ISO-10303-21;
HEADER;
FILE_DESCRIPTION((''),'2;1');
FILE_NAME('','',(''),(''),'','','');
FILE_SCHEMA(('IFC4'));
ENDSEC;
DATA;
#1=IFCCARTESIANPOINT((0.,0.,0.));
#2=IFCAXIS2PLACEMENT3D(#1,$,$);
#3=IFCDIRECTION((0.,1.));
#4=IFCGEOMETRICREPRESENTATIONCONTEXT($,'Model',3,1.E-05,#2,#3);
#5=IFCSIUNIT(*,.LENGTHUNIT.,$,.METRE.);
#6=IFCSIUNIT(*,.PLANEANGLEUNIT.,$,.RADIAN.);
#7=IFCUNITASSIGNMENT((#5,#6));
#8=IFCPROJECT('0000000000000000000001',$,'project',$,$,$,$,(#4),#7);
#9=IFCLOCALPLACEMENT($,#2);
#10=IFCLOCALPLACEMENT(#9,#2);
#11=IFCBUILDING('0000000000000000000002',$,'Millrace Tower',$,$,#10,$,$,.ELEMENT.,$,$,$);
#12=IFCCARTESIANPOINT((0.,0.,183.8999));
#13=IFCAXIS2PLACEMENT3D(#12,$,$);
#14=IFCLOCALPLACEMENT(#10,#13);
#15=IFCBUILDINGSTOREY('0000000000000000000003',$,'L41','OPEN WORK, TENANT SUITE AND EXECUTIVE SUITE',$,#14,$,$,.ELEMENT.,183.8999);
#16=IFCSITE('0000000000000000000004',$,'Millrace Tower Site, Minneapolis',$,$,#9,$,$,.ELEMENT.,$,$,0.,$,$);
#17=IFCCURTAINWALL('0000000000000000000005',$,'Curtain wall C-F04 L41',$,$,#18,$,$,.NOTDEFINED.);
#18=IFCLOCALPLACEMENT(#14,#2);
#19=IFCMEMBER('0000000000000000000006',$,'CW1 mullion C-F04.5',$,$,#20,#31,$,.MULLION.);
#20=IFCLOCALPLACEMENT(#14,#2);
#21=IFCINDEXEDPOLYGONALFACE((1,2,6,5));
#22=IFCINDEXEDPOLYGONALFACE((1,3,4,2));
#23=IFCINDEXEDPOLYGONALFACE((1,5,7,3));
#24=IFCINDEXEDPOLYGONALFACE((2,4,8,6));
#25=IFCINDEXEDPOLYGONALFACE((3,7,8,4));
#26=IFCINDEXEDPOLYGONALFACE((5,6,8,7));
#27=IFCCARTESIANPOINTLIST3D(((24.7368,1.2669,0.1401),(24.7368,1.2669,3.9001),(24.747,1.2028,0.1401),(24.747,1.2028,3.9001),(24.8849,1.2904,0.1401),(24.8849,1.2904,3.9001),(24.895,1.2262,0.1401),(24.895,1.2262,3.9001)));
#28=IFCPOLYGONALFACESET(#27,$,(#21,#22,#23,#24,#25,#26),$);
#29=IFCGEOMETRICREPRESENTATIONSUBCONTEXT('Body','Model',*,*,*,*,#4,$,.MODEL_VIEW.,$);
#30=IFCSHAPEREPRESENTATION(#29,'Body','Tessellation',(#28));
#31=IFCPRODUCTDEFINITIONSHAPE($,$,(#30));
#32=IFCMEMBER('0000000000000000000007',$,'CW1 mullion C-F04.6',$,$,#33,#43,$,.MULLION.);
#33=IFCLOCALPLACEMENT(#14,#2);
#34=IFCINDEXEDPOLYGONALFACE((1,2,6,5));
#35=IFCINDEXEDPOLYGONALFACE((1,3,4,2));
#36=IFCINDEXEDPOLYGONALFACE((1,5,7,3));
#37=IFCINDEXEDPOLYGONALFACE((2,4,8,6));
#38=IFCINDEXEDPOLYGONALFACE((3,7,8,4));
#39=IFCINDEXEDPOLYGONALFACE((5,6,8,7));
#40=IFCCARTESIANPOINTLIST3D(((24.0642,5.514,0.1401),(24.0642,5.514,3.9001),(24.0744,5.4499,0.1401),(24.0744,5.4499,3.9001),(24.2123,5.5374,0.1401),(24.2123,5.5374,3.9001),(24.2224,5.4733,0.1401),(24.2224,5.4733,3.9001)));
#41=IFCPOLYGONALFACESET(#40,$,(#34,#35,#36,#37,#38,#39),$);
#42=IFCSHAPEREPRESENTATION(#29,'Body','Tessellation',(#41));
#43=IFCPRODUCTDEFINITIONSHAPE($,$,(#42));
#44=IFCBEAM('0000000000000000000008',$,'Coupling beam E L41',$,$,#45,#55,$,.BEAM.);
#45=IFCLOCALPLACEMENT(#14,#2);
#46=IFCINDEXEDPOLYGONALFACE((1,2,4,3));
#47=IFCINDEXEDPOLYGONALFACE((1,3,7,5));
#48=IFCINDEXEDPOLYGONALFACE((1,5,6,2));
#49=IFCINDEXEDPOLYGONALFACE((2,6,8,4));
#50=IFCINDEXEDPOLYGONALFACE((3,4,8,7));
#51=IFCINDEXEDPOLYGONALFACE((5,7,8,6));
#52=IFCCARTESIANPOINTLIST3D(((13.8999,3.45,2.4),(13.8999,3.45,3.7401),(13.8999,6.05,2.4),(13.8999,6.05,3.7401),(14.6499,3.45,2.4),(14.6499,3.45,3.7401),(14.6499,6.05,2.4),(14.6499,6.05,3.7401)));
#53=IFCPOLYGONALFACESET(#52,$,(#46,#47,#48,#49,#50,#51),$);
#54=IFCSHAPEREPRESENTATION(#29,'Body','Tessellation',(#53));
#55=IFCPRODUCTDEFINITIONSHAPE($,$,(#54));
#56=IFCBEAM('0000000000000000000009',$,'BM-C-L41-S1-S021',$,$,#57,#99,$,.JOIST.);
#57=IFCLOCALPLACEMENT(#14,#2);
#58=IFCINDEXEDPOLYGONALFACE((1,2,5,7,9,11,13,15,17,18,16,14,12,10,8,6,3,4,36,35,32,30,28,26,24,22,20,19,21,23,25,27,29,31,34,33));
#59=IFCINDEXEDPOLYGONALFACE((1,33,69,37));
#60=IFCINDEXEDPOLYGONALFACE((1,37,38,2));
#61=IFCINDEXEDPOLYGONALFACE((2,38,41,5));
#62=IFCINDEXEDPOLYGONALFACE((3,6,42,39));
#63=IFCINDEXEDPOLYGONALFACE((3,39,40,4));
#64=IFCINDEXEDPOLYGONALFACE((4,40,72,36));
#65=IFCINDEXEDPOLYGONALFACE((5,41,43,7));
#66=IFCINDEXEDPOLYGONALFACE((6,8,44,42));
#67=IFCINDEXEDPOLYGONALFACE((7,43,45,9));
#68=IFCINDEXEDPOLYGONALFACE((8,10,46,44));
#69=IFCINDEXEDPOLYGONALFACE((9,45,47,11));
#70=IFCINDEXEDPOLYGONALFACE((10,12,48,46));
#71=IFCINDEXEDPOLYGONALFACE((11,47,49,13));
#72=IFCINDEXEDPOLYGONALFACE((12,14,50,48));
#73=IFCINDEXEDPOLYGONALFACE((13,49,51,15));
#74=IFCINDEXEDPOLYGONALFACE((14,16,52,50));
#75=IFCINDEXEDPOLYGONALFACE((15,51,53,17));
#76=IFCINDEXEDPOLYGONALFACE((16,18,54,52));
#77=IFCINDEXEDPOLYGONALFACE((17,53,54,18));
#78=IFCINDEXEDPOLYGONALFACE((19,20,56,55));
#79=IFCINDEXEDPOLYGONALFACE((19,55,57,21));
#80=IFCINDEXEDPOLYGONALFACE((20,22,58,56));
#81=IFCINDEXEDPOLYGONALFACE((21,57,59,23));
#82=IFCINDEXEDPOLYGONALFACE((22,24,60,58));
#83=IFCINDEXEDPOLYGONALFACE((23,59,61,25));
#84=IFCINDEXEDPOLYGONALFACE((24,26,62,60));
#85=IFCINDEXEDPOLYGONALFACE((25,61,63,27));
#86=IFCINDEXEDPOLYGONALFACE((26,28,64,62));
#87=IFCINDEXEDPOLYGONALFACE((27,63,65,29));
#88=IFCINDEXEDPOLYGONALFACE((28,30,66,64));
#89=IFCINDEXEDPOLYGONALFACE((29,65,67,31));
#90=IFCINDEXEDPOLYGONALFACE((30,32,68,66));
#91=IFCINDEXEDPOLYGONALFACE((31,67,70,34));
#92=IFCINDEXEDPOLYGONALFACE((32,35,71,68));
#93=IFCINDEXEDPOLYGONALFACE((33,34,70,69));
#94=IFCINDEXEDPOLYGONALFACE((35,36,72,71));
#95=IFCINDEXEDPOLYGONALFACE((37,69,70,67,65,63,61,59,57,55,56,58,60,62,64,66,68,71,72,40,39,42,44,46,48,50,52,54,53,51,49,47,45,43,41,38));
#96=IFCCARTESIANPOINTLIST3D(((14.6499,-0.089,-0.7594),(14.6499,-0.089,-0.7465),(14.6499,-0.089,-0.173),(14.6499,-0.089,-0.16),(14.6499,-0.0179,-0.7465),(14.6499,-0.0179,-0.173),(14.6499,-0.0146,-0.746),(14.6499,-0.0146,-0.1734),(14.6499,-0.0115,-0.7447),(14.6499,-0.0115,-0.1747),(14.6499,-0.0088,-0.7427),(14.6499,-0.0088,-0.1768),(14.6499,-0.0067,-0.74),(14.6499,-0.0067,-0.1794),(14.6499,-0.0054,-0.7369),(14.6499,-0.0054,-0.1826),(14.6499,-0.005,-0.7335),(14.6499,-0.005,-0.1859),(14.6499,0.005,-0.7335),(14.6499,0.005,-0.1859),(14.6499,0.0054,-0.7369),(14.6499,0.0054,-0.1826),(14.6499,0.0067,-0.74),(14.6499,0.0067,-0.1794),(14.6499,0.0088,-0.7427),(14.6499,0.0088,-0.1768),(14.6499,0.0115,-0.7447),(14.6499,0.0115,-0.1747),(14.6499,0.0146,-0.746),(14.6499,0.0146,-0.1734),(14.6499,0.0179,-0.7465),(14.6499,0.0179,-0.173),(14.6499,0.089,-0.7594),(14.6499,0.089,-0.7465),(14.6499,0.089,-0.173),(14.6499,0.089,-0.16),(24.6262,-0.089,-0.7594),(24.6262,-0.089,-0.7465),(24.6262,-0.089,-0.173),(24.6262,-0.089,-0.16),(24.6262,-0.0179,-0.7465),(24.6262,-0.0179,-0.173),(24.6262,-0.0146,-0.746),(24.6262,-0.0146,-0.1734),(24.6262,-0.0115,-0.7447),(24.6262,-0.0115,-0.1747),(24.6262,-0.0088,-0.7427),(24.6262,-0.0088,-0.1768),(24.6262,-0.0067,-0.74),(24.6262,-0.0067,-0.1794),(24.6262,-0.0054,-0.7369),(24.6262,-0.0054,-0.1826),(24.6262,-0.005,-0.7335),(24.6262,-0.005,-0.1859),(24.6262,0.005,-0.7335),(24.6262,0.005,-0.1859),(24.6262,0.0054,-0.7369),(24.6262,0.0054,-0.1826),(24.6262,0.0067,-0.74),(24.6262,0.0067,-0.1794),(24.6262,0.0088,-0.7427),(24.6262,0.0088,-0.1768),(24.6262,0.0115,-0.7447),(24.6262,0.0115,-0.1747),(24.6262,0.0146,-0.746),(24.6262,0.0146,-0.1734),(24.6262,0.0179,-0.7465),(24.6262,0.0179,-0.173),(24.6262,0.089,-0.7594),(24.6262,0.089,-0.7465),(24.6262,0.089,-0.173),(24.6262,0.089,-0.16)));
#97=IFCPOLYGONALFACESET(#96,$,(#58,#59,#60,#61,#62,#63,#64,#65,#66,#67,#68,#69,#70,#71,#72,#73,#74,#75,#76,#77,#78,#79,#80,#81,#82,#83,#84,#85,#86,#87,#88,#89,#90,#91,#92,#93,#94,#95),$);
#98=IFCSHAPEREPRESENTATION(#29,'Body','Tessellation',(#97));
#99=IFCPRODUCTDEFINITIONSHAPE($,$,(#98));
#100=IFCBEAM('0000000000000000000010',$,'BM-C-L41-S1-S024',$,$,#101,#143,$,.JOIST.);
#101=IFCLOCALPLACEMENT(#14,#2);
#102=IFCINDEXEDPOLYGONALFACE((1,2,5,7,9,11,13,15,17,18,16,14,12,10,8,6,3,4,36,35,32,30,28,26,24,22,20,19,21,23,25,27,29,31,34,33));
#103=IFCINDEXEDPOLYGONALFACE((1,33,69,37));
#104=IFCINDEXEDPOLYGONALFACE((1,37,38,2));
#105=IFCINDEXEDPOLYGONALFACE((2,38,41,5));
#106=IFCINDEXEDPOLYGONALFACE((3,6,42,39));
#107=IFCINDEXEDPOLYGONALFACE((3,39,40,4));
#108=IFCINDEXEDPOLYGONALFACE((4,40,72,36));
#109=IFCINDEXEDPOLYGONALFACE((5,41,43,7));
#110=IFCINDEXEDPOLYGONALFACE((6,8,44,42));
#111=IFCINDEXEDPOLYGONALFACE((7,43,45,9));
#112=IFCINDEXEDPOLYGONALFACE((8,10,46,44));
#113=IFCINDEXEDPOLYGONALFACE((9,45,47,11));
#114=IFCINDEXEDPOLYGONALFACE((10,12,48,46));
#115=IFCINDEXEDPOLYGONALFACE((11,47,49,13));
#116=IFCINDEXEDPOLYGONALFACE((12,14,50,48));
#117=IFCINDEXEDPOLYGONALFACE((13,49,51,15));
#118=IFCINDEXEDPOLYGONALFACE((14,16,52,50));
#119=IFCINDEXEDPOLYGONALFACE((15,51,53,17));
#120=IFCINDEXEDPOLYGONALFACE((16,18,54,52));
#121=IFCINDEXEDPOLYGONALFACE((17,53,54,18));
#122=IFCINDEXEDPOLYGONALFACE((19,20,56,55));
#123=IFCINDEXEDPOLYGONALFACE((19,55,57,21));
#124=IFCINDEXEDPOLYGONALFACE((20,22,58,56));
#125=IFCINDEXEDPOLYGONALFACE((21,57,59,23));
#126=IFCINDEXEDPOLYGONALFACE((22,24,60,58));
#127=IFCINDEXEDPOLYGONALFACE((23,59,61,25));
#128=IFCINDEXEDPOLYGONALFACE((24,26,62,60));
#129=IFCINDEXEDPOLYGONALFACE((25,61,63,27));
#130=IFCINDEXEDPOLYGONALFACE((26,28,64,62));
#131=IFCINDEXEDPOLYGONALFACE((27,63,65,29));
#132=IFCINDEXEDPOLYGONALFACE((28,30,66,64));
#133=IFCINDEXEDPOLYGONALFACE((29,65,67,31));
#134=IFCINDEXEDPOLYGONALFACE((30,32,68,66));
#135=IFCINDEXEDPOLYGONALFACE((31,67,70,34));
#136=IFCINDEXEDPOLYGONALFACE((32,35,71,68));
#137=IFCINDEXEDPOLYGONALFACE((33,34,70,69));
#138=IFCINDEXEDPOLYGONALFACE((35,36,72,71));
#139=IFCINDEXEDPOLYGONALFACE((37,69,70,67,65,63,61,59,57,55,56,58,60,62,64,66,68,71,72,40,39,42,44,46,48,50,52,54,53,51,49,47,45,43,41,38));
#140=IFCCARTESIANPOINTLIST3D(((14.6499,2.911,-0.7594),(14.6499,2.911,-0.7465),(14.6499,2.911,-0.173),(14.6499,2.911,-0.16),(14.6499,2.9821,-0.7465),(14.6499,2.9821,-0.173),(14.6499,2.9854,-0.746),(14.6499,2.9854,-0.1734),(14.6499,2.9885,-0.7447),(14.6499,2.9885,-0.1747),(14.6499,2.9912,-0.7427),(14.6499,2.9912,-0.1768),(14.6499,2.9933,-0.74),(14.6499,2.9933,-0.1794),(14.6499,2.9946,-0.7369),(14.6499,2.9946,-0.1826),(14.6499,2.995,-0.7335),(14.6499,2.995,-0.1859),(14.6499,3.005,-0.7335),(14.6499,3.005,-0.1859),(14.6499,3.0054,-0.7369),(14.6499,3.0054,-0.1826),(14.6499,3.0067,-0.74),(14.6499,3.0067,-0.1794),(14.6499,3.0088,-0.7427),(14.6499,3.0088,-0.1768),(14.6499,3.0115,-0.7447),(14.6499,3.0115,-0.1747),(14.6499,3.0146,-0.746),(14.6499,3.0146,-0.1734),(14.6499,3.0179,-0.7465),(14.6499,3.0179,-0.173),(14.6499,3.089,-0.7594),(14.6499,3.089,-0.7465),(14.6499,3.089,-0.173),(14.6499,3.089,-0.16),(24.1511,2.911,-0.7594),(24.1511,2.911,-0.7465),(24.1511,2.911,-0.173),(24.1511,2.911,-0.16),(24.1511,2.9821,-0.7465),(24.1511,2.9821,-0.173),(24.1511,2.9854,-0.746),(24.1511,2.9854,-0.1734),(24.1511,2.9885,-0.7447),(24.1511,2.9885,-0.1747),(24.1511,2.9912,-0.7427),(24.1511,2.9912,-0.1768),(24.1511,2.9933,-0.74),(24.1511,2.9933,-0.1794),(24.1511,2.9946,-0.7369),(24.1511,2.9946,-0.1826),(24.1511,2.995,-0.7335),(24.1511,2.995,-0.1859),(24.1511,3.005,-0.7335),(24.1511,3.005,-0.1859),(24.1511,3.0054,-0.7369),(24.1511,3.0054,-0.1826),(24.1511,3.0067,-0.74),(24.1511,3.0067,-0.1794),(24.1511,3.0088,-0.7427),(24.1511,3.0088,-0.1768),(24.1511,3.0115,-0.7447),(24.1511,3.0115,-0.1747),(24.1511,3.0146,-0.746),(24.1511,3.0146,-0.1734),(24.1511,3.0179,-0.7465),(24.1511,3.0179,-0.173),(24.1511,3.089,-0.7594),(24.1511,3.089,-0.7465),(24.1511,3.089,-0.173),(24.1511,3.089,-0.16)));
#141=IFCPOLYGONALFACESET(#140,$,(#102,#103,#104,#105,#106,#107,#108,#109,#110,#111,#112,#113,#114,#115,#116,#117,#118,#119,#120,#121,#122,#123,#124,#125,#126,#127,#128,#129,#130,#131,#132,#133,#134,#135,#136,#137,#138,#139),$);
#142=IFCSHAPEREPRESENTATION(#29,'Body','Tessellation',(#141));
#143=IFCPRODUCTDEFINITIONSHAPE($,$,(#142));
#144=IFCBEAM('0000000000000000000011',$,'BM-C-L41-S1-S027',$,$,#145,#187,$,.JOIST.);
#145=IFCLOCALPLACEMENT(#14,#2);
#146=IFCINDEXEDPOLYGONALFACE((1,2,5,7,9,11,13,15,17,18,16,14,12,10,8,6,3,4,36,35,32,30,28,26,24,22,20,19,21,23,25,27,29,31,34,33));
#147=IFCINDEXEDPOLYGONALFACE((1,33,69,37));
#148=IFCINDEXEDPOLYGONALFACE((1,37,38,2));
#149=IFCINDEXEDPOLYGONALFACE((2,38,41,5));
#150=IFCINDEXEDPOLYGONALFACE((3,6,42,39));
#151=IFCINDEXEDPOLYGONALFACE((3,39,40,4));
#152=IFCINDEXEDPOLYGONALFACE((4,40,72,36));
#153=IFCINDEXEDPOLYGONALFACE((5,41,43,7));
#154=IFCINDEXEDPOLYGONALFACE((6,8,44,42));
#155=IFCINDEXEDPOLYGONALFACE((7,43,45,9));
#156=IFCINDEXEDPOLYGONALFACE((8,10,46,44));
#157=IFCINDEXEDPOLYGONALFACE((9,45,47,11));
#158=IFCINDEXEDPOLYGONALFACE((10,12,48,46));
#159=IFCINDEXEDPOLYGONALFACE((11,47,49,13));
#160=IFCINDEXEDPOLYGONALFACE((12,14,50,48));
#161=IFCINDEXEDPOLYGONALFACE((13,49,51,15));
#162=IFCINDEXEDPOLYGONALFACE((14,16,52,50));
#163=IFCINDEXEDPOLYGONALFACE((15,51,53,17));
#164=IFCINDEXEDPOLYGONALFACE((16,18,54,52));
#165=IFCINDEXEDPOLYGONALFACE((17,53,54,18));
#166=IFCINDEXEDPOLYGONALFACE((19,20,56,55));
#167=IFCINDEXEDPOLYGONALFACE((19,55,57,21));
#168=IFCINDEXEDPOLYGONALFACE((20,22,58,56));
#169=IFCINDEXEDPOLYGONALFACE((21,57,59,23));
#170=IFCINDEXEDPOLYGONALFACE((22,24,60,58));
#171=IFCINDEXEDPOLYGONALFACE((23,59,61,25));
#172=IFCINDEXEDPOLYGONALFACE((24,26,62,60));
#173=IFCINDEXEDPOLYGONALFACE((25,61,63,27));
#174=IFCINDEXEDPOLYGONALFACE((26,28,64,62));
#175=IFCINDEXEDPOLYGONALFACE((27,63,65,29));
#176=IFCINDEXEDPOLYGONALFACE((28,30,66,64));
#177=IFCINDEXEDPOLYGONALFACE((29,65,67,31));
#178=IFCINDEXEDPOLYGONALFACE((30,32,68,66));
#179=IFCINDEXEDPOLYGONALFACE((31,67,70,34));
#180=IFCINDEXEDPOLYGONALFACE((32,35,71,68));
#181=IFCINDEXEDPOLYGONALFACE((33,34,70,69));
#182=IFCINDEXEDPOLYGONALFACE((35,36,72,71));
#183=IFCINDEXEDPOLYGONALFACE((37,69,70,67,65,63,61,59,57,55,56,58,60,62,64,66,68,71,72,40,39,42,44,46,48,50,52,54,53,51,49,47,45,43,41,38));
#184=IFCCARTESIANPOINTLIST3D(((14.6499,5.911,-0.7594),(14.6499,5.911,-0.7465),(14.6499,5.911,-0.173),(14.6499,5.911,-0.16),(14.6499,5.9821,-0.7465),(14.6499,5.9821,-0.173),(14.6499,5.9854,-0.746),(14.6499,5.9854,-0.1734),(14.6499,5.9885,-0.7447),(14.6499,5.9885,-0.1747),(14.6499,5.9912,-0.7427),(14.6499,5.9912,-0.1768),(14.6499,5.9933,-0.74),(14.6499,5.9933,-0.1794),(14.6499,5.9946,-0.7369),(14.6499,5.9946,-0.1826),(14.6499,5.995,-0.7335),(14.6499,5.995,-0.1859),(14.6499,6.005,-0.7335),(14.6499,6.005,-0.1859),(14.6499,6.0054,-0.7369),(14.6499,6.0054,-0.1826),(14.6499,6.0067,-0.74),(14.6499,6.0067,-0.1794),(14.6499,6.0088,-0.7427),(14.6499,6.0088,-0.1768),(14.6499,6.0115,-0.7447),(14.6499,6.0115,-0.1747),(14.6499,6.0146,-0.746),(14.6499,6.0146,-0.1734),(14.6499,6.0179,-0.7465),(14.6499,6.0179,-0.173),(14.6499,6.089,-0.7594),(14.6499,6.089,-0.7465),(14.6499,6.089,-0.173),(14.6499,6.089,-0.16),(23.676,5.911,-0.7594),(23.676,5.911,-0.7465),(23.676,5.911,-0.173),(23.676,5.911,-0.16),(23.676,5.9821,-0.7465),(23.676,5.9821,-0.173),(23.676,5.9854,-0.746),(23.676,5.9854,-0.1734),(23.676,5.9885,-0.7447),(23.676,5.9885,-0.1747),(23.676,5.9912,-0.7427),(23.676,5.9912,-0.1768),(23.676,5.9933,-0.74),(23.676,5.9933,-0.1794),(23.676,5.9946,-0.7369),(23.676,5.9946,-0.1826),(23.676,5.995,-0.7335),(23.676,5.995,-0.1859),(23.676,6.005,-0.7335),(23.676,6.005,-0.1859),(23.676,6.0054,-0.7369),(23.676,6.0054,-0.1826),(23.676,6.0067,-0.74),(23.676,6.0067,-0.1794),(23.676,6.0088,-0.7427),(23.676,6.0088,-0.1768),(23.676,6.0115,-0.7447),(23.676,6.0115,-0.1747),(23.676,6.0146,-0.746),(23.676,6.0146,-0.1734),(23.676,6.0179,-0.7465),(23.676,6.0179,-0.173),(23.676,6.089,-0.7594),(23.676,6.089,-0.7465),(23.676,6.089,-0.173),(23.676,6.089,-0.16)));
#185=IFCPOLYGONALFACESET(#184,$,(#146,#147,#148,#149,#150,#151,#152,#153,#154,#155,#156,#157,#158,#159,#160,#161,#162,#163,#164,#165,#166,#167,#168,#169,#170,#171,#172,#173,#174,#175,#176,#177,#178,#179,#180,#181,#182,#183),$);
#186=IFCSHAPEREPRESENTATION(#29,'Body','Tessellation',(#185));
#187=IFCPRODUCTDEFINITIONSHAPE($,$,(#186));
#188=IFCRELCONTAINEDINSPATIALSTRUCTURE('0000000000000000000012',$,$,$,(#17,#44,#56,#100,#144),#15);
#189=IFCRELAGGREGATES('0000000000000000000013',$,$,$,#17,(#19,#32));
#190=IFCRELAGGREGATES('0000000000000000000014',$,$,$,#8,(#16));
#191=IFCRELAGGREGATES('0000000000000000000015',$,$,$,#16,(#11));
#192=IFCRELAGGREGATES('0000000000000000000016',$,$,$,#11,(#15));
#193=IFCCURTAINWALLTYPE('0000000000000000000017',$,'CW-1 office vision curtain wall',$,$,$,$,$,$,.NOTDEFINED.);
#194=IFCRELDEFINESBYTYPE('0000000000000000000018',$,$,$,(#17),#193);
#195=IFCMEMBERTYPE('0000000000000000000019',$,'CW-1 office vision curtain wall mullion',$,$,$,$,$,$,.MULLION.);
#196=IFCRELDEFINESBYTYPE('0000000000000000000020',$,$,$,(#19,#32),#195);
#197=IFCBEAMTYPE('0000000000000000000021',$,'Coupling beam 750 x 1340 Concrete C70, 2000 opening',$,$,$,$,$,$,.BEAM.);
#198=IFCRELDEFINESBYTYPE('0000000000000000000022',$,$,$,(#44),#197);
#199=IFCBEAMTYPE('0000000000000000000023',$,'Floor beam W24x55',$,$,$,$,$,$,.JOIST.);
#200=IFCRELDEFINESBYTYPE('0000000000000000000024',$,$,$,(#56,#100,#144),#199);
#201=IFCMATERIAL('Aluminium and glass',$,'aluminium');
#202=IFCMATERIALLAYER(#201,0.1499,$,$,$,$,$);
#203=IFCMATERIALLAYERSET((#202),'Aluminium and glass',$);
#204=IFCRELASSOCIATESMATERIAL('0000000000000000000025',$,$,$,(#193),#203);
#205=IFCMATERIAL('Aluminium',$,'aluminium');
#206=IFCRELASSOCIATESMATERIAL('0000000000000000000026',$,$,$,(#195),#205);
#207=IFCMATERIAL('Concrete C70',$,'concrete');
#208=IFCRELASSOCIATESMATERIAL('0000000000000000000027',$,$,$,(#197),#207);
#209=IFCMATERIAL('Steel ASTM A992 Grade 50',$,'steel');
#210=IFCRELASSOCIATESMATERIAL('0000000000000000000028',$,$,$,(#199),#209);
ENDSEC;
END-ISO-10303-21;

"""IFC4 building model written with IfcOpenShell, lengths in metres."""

from ifc_helpers import new_model, si_unit, direction, frame, origin, origin_2d, place, context, subcontext, project, spatial, rectangle, i_section, extrude, material, layer, layer_set, material_profile, profile_set, type_object, element, aggregate, save


model = new_model("IFC4")

# Units and contexts
model_context = context("Model", 3, precision=1e-05, world=origin(), true_north=direction((0.0, 1.0)))
body_context = subcontext(model_context, "Body", "Model", "MODEL_VIEW")
ifc_project = project(units=[si_unit("LENGTHUNIT", "METRE"), si_unit("PLANEANGLEUNIT", "RADIAN")], contexts=[model_context])

# Site, building, storey
site_placement = place(None, origin())
site = spatial("IfcSite", under=ifc_project, at=site_placement, Name="Millrace Tower Site, Minneapolis", CompositionType="ELEMENT", RefElevation=0.0)
building_placement = place(site_placement, origin())
building = spatial("IfcBuilding", under=site, at=building_placement, Name="Millrace Tower", CompositionType="ELEMENT")
storey_placement = place(building_placement, frame((0.0, 0.0, 183.8999)))
storey = spatial("IfcBuildingStorey", under=building, at=storey_placement, Name="L41", Description="OPEN WORK, TENANT SUITE AND EXECUTIVE SUITE", CompositionType="ELEMENT", Elevation=183.8999)

# Curtain wall, members
ifc_material_1 = material(Name="Aluminium and glass", Category="aluminium")
ifc_layer_1 = layer(ifc_material_1, 0.1499)
ifc_layer_set_1 = layer_set([ifc_layer_1], Name="Aluminium and glass")
curtain_wall_type = type_object("IfcCurtainWallType", Name="CW-1 office vision curtain wall", PredefinedType="NOTDEFINED", material=ifc_layer_set_1)
curtain_wall_placement = place(storey_placement, origin())
curtain_wall = element("IfcCurtainWall", 1, at=curtain_wall_placement, inside=storey, type_object=curtain_wall_type, Name="Curtain wall C-F04 L41", PredefinedType="NOTDEFINED")
ifc_material_2 = material(Name="Aluminium", Category="aluminium")
ifc_material_profile_1 = material_profile(ifc_material_2, rectangle(XDim=0.0649, YDim=0.1499, at=origin_2d()))
ifc_profile_set_1 = profile_set([ifc_material_profile_1], Name="Aluminium")
member_type = type_object("IfcMemberType", Name="CW-1 office vision curtain wall mullion", PredefinedType="MULLION", material=ifc_profile_set_1)
member_1_placement = place(storey_placement, frame((24.8159, 1.2466, 0.1401), z_axis=(0.0, 0.0, 1.0), x_axis=(-0.156434, 0.987688, 0.0)))
member_1 = element("IfcMember", 2, at=member_1_placement, type_object=member_type, Name="CW1 mullion C-F04.5", PredefinedType="MULLION", context=body_context, shape_type="SweptSolid", body=[
    extrude(rectangle(XDim=0.0649, YDim=0.1499, at=origin_2d()), origin(), (0.0, 0.0, 1.0), 3.76),
])
member_2_placement = place(storey_placement, frame((24.1433, 5.4937, 0.1401), z_axis=(0.0, 0.0, 1.0), x_axis=(-0.156434, 0.987688, 0.0)))
member_2 = element("IfcMember", 3, at=member_2_placement, type_object=member_type, Name="CW1 mullion C-F04.6", PredefinedType="MULLION", context=body_context, shape_type="SweptSolid", body=[
    extrude(rectangle(XDim=0.0649, YDim=0.1499, at=origin_2d()), origin(), (0.0, 0.0, 1.0), 3.76),
])
aggregate(curtain_wall, [member_1, member_2])

# Beams
ifc_material_3 = material(Name="Concrete C70", Category="concrete")
ifc_material_profile_2 = material_profile(ifc_material_3, rectangle(XDim=0.75, YDim=1.3401, at=origin_2d()))
ifc_profile_set_2 = profile_set([ifc_material_profile_2], Name="Concrete C70")
beam_type_1 = type_object("IfcBeamType", Name="Coupling beam 750 x 1340 Concrete C70, 2000 opening", PredefinedType="BEAM", material=ifc_profile_set_2)
beam_1_placement = place(storey_placement, frame((14.2749, 6.05, 3.0701), z_axis=(0.0, -1.0, 0.0), x_axis=(1.0, 0.0, 0.0)))
element("IfcBeam", 4, at=beam_1_placement, inside=storey, type_object=beam_type_1, Name="Coupling beam E L41", PredefinedType="BEAM", context=body_context, shape_type="SweptSolid", body=[
    extrude(rectangle(XDim=0.75, YDim=1.3401, at=origin_2d()), origin(), (0.0, 0.0, 1.0), 2.6001),
])
ifc_material_4 = material(Name="Steel ASTM A992 Grade 50", Category="steel")
ifc_material_profile_3 = material_profile(ifc_material_4, i_section(OverallWidth=0.178, OverallDepth=0.5994, WebThickness=0.01, FlangeThickness=0.0129, FilletRadius=0.0129, at=origin_2d()))
ifc_profile_set_3 = profile_set([ifc_material_profile_3], Name="Steel ASTM A992 Grade 50")
beam_type_2 = type_object("IfcBeamType", Name="Floor beam W24x55", PredefinedType="JOIST", material=ifc_profile_set_3)
beam_2_placement = place(storey_placement, frame((14.6499, 0.0, -0.4597), z_axis=(1.0, 0.0, 0.0), x_axis=(0.0, 1.0, 0.0)))
element("IfcBeam", 5, at=beam_2_placement, inside=storey, type_object=beam_type_2, Name="BM-C-L41-S1-S021", PredefinedType="JOIST", context=body_context, shape_type="SweptSolid", body=[
    extrude(i_section(OverallWidth=0.178, OverallDepth=0.5994, WebThickness=0.01, FlangeThickness=0.0129, FilletRadius=0.0129, at=origin_2d()), origin(), (0.0, 0.0, 1.0), 9.9763),
])
beam_3_placement = place(storey_placement, frame((14.6499, 3.0, -0.4597), z_axis=(1.0, 0.0, 0.0), x_axis=(0.0, 1.0, 0.0)))
element("IfcBeam", 6, at=beam_3_placement, inside=storey, type_object=beam_type_2, Name="BM-C-L41-S1-S024", PredefinedType="JOIST", context=body_context, shape_type="SweptSolid", body=[
    extrude(i_section(OverallWidth=0.178, OverallDepth=0.5994, WebThickness=0.01, FlangeThickness=0.0129, FilletRadius=0.0129, at=origin_2d()), origin(), (0.0, 0.0, 1.0), 9.5012),
])
beam_4_placement = place(storey_placement, frame((14.6499, 6.0, -0.4597), z_axis=(1.0, 0.0, 0.0), x_axis=(0.0, 1.0, 0.0)))
element("IfcBeam", 7, at=beam_4_placement, inside=storey, type_object=beam_type_2, Name="BM-C-L41-S1-S027", PredefinedType="JOIST", context=body_context, shape_type="SweptSolid", body=[
    extrude(i_section(OverallWidth=0.178, OverallDepth=0.5994, WebThickness=0.01, FlangeThickness=0.0129, FilletRadius=0.0129, at=origin_2d()), origin(), (0.0, 0.0, 1.0), 9.0261),
])

save(model, "model.ifc")
